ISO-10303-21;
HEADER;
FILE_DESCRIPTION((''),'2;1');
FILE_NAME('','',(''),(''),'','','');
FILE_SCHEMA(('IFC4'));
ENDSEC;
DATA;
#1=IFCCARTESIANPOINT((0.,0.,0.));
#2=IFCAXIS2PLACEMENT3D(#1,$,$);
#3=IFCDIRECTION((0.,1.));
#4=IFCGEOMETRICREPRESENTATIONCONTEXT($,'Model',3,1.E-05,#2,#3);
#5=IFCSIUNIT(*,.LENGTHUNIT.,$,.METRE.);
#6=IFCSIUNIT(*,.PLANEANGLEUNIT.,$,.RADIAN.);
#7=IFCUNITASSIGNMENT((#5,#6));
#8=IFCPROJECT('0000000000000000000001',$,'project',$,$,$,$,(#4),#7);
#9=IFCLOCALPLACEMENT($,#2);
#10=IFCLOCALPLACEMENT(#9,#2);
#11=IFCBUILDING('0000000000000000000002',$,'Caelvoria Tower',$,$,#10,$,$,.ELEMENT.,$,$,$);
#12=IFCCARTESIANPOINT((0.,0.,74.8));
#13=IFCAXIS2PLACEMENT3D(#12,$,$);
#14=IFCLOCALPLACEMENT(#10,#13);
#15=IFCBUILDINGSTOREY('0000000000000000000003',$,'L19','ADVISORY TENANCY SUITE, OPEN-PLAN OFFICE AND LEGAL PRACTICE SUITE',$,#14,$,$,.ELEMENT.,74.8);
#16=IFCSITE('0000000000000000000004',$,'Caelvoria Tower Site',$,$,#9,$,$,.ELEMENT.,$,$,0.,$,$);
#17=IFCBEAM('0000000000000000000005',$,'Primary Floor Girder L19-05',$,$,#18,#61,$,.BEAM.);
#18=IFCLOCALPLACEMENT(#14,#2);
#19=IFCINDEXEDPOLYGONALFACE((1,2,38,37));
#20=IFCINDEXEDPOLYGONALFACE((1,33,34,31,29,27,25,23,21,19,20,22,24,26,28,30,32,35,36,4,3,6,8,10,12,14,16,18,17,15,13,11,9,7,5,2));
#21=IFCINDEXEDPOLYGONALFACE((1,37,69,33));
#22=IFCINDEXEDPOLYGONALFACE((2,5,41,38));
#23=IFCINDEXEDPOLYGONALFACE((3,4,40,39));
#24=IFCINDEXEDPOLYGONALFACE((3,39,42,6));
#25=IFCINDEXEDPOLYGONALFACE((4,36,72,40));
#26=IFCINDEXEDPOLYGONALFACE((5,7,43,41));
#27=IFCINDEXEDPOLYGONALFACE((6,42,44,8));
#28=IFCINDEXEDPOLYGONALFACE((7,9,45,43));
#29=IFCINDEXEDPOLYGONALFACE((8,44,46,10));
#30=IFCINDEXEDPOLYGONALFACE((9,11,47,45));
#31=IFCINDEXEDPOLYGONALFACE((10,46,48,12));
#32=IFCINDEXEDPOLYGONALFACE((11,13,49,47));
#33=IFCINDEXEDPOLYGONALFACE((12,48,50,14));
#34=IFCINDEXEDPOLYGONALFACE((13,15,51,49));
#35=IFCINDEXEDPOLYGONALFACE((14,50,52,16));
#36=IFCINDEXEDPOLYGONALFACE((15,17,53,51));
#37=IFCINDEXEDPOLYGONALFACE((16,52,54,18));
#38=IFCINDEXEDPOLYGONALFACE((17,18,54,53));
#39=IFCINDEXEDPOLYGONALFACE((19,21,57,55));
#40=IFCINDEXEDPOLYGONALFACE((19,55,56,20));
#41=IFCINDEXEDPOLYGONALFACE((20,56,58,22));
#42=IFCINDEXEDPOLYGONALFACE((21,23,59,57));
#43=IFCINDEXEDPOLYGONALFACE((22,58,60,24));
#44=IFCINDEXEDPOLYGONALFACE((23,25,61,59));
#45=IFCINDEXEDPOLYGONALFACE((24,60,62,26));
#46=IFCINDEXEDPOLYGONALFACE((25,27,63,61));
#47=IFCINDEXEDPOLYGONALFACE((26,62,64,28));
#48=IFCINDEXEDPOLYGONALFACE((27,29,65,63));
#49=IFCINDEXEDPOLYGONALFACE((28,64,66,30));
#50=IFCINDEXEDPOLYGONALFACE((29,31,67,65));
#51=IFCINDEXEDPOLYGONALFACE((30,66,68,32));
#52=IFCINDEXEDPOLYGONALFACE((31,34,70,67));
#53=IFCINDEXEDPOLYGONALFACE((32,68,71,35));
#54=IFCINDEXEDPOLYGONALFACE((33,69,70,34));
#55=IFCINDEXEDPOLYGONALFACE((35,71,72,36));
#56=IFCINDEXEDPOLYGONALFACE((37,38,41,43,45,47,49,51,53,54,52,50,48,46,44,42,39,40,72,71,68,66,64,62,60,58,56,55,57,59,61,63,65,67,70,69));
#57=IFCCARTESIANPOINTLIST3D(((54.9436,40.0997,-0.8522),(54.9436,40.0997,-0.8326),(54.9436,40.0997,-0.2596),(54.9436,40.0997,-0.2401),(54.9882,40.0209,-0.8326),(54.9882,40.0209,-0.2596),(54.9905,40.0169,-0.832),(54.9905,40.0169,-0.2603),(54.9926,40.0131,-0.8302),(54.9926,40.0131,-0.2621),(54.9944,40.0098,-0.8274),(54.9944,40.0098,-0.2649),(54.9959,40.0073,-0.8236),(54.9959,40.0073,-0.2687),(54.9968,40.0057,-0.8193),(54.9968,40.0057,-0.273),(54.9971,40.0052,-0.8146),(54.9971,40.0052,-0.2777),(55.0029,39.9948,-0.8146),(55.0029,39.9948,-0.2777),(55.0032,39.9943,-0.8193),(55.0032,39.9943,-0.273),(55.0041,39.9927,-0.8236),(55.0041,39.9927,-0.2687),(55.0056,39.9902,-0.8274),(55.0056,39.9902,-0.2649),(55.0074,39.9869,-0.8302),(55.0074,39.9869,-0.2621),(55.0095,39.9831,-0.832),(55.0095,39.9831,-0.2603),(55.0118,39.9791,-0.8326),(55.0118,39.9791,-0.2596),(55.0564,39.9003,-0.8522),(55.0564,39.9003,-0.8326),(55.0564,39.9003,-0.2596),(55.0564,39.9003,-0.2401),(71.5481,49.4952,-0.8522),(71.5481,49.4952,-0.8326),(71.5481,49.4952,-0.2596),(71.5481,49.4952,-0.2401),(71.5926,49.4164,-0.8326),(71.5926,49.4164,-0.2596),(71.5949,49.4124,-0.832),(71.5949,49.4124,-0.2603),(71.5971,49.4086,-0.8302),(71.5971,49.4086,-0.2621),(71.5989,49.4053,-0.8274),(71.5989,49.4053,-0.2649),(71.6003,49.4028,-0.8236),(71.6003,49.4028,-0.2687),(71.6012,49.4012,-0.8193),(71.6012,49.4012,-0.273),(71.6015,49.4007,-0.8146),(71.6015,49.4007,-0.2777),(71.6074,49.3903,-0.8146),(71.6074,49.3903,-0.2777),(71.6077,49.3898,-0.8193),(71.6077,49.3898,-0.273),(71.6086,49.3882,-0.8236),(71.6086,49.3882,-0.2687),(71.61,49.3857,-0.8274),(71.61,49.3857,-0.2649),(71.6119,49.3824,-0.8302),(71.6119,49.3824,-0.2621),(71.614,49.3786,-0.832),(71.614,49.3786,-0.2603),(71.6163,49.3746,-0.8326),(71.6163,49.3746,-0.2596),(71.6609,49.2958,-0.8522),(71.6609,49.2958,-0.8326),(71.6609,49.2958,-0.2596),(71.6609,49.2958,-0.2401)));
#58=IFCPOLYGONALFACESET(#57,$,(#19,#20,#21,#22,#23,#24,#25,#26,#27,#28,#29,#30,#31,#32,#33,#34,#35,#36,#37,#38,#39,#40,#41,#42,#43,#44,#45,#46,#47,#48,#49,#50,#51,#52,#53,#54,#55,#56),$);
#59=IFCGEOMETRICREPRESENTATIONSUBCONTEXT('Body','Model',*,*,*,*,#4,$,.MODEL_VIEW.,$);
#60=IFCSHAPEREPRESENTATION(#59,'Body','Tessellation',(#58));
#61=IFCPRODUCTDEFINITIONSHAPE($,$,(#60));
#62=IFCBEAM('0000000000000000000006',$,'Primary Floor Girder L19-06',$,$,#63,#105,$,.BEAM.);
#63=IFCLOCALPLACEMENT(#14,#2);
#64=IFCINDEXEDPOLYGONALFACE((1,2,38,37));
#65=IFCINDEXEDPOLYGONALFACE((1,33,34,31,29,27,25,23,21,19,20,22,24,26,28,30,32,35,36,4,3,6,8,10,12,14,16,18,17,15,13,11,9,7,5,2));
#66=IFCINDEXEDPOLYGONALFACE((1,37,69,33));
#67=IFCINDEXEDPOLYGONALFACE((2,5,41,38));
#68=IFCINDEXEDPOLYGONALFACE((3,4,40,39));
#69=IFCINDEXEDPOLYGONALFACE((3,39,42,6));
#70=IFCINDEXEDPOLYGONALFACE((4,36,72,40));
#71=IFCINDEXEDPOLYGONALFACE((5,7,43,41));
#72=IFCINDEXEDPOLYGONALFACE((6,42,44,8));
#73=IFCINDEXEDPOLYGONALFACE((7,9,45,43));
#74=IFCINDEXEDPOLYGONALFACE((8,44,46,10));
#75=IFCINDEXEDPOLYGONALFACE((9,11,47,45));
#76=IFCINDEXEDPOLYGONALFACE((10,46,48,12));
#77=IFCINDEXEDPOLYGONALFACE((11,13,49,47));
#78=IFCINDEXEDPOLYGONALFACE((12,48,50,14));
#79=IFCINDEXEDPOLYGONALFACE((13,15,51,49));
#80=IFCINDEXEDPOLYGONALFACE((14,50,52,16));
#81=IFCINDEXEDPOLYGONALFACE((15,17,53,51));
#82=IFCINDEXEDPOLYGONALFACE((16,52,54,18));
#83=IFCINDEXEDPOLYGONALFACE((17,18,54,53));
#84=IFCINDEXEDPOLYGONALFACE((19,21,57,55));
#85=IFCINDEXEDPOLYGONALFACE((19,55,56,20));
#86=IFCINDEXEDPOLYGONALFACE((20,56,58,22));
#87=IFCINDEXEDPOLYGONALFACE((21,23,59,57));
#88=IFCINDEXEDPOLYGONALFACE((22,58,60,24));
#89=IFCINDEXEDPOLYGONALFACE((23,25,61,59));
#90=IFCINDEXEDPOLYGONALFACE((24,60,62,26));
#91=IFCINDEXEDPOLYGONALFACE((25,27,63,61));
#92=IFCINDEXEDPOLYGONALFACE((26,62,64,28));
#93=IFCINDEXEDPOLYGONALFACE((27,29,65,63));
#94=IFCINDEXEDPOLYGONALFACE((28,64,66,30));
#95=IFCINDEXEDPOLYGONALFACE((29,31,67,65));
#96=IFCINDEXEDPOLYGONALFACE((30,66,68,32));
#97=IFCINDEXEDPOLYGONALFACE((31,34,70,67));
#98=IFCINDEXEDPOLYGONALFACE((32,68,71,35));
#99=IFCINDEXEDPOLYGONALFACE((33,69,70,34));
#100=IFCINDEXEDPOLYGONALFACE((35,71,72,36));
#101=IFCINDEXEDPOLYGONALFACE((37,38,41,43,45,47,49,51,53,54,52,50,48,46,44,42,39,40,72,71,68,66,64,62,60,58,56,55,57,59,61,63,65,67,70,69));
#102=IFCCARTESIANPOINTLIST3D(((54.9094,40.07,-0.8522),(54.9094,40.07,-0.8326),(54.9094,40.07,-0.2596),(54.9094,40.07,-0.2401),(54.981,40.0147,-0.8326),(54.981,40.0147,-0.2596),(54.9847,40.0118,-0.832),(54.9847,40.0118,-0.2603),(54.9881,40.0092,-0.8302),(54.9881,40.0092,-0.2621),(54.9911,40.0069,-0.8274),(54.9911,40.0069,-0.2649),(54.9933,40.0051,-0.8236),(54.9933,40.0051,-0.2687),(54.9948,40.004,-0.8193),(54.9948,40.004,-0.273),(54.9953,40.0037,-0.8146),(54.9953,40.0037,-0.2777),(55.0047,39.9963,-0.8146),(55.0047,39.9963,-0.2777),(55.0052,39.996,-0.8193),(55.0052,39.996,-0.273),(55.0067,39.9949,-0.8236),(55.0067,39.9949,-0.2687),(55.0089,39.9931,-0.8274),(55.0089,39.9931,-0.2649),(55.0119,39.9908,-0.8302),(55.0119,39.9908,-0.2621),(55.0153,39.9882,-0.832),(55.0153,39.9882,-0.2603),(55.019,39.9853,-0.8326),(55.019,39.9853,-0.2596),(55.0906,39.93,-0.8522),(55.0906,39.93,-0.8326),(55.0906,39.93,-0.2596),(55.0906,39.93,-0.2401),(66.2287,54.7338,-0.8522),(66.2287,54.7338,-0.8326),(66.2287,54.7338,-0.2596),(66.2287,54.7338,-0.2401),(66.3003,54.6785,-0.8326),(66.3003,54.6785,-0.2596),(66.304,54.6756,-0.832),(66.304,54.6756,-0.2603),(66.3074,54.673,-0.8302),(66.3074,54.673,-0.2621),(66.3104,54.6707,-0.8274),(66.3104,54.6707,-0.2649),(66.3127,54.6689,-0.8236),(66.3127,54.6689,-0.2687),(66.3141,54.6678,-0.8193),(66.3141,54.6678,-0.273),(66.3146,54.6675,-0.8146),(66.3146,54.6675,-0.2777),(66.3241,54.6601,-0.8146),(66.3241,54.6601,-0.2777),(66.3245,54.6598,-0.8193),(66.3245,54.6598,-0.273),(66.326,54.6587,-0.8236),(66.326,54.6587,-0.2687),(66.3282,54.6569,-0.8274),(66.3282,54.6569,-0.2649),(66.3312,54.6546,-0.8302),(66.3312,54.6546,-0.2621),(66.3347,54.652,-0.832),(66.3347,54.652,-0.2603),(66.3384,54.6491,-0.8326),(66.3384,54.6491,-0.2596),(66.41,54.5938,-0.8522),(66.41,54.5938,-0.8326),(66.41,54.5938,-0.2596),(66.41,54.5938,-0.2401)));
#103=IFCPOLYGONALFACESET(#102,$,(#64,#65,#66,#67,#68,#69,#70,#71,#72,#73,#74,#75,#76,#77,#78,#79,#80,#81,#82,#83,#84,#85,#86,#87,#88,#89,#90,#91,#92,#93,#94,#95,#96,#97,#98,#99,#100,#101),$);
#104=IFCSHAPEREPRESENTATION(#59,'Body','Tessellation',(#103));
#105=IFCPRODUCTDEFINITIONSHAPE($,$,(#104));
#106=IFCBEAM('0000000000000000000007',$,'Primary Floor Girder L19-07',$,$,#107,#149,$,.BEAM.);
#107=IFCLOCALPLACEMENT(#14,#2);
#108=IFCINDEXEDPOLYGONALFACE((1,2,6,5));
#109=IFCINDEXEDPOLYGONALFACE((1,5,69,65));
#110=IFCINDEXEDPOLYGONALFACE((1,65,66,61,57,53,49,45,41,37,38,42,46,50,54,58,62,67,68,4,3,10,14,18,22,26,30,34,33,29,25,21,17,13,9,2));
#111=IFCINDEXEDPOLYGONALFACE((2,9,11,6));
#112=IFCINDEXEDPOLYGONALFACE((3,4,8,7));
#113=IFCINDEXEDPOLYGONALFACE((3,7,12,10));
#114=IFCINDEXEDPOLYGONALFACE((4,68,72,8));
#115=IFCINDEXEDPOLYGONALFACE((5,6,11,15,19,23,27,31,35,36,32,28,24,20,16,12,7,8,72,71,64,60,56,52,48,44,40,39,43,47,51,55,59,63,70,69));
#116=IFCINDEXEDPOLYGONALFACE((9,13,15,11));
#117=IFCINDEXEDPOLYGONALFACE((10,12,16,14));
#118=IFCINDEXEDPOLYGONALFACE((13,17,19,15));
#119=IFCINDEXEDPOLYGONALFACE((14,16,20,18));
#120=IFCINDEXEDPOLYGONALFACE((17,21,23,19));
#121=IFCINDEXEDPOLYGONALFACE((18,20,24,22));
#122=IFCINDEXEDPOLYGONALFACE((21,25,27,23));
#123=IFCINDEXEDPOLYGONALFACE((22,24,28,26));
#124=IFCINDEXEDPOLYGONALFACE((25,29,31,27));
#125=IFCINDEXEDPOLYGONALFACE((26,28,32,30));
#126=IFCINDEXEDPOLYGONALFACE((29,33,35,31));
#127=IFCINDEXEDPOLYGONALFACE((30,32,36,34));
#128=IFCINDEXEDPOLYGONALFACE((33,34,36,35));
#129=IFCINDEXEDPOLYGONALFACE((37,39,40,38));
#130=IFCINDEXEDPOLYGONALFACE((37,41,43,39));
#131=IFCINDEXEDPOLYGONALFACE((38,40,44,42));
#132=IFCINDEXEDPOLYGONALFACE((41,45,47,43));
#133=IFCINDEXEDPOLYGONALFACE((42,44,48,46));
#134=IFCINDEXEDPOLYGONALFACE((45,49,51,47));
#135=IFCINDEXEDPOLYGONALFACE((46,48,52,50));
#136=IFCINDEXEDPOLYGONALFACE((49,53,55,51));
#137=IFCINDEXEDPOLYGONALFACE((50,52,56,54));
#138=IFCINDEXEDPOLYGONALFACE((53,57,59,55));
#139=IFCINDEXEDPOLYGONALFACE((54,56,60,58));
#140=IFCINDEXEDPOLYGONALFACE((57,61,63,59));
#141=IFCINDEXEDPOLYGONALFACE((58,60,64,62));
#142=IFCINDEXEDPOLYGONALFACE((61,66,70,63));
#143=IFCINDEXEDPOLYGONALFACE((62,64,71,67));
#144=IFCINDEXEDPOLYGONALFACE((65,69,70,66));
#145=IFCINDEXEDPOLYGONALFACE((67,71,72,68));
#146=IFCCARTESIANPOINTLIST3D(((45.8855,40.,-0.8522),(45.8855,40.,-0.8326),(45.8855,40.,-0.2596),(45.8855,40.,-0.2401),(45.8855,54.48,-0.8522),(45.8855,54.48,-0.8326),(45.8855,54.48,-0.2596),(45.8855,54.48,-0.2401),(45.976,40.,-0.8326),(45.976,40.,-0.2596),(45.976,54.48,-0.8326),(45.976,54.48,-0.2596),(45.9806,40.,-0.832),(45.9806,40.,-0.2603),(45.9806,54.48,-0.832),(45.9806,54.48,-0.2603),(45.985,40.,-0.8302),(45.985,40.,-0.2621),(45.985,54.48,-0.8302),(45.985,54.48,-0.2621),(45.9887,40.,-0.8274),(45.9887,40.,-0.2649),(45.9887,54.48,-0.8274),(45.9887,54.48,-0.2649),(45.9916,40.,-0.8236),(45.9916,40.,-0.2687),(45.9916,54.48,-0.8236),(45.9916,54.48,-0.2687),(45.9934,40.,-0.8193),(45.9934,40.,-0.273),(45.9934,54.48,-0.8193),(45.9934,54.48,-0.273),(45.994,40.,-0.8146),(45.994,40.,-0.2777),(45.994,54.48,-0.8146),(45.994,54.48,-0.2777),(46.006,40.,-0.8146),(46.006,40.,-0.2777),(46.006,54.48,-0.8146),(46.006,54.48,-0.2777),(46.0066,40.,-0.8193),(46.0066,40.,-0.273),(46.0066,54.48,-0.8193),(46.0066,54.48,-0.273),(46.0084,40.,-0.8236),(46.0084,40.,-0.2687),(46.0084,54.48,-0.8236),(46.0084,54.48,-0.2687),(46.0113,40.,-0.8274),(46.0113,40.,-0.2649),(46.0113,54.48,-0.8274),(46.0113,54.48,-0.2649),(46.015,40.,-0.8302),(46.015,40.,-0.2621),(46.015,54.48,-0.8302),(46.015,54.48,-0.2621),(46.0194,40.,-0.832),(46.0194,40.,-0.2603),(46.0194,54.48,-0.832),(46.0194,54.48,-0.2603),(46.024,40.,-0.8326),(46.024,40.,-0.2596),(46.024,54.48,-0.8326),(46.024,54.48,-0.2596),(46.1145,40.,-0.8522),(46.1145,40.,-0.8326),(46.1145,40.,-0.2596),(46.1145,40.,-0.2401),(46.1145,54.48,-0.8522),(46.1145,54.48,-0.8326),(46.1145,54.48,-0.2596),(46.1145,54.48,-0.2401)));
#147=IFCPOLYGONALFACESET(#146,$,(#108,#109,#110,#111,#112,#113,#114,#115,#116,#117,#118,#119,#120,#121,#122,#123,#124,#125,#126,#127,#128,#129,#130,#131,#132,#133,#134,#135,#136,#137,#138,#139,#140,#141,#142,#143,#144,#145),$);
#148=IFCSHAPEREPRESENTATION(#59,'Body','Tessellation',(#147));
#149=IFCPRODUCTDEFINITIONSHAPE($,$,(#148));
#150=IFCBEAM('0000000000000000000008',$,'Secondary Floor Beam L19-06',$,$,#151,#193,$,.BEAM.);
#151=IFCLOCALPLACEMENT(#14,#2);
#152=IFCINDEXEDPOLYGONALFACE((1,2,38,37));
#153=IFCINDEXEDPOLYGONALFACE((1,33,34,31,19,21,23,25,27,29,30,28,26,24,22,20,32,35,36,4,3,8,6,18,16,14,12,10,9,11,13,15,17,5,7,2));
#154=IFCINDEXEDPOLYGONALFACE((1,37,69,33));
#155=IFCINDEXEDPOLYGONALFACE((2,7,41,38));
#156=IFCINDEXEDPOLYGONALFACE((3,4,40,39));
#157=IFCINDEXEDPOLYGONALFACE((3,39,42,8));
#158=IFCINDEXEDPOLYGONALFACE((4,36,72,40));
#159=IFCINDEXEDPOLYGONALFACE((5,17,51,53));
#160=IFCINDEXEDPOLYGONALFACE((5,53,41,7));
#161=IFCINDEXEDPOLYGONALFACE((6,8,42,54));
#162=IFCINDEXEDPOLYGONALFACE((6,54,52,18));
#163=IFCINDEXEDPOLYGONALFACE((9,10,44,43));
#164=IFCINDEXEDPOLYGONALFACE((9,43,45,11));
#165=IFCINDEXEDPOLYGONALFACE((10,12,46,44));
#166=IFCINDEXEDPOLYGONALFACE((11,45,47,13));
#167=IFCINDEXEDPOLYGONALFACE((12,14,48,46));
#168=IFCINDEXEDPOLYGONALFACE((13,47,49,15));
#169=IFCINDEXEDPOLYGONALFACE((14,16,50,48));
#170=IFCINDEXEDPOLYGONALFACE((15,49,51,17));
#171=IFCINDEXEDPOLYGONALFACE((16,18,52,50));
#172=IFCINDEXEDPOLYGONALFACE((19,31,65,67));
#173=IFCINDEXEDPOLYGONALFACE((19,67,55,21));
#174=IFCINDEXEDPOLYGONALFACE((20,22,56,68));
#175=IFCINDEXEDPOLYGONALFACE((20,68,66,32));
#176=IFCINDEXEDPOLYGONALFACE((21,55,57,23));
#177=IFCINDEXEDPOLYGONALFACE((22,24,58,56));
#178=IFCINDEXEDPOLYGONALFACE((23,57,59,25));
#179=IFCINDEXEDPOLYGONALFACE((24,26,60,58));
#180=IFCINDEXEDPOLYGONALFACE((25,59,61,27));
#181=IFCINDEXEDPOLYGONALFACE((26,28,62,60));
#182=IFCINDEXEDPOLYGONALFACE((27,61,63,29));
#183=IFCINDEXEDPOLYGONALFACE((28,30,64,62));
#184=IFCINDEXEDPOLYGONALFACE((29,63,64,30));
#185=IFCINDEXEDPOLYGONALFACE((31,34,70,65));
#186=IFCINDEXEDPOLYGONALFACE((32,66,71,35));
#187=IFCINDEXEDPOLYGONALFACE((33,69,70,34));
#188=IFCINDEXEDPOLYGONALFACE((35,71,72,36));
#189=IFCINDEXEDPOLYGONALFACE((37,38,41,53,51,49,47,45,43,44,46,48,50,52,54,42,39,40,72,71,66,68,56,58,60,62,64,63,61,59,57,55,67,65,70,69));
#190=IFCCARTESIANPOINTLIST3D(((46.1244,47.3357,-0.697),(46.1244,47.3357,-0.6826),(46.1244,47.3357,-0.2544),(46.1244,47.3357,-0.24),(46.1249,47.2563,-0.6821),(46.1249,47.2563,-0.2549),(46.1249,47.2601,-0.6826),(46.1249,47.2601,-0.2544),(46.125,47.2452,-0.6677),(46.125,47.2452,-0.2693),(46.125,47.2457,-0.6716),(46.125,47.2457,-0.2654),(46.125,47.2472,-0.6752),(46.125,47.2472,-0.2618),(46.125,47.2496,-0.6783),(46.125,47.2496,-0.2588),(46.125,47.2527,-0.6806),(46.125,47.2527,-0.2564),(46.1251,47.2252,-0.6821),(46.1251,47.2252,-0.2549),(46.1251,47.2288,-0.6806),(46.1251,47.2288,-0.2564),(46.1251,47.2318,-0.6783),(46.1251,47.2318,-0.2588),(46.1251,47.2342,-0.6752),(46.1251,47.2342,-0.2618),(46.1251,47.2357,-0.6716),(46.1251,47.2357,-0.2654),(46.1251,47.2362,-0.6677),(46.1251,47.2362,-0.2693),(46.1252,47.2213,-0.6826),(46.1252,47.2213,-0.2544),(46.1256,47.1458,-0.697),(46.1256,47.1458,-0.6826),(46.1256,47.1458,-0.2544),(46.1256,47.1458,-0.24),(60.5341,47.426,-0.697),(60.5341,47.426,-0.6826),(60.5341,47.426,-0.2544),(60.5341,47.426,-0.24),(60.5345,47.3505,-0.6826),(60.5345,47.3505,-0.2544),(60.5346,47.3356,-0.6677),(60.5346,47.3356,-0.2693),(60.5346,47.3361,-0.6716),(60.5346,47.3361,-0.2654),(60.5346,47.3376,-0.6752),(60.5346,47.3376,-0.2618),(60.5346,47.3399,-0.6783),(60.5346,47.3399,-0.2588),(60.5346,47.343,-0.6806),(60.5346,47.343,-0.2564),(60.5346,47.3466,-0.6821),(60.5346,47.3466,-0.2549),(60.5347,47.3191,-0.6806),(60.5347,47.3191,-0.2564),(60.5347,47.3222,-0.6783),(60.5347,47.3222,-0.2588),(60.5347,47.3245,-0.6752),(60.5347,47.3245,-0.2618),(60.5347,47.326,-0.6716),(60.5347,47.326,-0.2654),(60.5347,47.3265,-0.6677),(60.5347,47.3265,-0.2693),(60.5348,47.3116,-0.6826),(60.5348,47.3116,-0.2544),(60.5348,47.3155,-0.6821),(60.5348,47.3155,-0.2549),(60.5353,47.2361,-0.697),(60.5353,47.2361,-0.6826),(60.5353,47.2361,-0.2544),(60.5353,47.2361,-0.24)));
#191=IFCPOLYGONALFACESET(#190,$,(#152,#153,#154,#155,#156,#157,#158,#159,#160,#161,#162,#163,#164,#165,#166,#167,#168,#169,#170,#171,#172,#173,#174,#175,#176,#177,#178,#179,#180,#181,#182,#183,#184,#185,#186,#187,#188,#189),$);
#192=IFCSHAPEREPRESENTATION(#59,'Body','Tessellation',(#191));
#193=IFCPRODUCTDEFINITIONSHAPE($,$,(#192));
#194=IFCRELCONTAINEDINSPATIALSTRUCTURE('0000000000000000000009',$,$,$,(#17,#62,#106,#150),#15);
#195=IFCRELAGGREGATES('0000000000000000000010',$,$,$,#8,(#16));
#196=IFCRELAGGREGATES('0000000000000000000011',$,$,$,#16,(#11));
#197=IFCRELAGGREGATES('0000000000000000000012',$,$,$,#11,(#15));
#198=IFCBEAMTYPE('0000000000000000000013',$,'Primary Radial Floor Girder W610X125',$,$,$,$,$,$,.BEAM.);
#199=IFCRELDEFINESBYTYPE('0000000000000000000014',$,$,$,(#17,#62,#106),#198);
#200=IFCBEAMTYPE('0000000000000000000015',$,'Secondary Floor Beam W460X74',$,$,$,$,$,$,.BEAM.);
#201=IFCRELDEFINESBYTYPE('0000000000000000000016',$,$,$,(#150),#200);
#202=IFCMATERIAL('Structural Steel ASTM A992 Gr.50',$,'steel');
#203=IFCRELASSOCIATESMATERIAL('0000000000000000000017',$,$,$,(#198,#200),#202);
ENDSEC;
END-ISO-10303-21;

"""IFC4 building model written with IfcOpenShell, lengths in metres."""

from ifc_helpers import new_model, si_unit, direction, frame, origin, origin_2d, place, context, subcontext, project, spatial, i_section, extrude, material, material_profile, profile_set, type_object, element, save


model = new_model("IFC4")

# Units and contexts
model_context = context("Model", 3, precision=1e-05, world=origin(), true_north=direction((0.0, 1.0)))
body_context = subcontext(model_context, "Body", "Model", "MODEL_VIEW")
ifc_project = project(units=[si_unit("LENGTHUNIT", "METRE"), si_unit("PLANEANGLEUNIT", "RADIAN")], contexts=[model_context])

# Site, building, storey
site_placement = place(None, origin())
site = spatial("IfcSite", under=ifc_project, at=site_placement, Name="Caelvoria Tower Site", CompositionType="ELEMENT", RefElevation=0.0)
building_placement = place(site_placement, origin())
building = spatial("IfcBuilding", under=site, at=building_placement, Name="Caelvoria Tower", CompositionType="ELEMENT")
storey_placement = place(building_placement, frame((0.0, 0.0, 74.8)))
storey = spatial("IfcBuildingStorey", under=building, at=storey_placement, Name="L19", Description="ADVISORY TENANCY SUITE, OPEN-PLAN OFFICE AND LEGAL PRACTICE SUITE", CompositionType="ELEMENT", Elevation=74.8)

# Beams
ifc_material_1 = material(Name="Structural Steel ASTM A992 Gr.50", Category="steel")
ifc_material_profile_1 = material_profile(ifc_material_1, i_section(OverallWidth=0.229, OverallDepth=0.6121, WebThickness=0.012, FlangeThickness=0.0195, FilletRadius=0.0181, at=origin_2d()), Name="Structural Steel ASTM A992 Gr.50")
ifc_profile_set_1 = profile_set([ifc_material_profile_1], Name="W610X125 - Structural Steel ASTM A992 Gr.50")
beam_type_1 = type_object("IfcBeamType", Name="Primary Radial Floor Girder W610X125", PredefinedType="BEAM", material=ifc_profile_set_1)
beam_1_placement = place(storey_placement, frame((55.0, 40.0, -0.5461), z_axis=(0.87033, 0.492469, 0.0), x_axis=(-0.492469, 0.87033, 0.0)))
element("IfcBeam", 1, at=beam_1_placement, inside=storey, type_object=beam_type_1, Name="Primary Floor Girder L19-05", PredefinedType="BEAM", context=body_context, shape_type="SweptSolid", body=[
    extrude(i_section(OverallWidth=0.229, OverallDepth=0.6121, WebThickness=0.012, FlangeThickness=0.0195, FilletRadius=0.0181, at=origin_2d()), origin(), (0.0, 0.0, 1.0), 19.0784),
])
beam_2_placement = place(storey_placement, frame((55.0, 40.0, -0.5461), z_axis=(0.611049, 0.791593, 0.0), x_axis=(-0.791593, 0.611049, 0.0)))
element("IfcBeam", 2, at=beam_2_placement, inside=storey, type_object=beam_type_1, Name="Primary Floor Girder L19-06", PredefinedType="BEAM", context=body_context, shape_type="SweptSolid", body=[
    extrude(i_section(OverallWidth=0.229, OverallDepth=0.6121, WebThickness=0.012, FlangeThickness=0.0195, FilletRadius=0.0181, at=origin_2d()), origin(), (0.0, 0.0, 1.0), 18.5244),
])
beam_3_placement = place(storey_placement, frame((46.0, 40.0, -0.5461), z_axis=(0.0, 1.0, 0.0), x_axis=(-1.0, 0.0, 0.0)))
element("IfcBeam", 3, at=beam_3_placement, inside=storey, type_object=beam_type_1, Name="Primary Floor Girder L19-07", PredefinedType="BEAM", context=body_context, shape_type="SweptSolid", body=[
    extrude(i_section(OverallWidth=0.229, OverallDepth=0.6121, WebThickness=0.012, FlangeThickness=0.0195, FilletRadius=0.0181, at=origin_2d()), origin(), (0.0, 0.0, 1.0), 14.48),
])
ifc_material_profile_2 = material_profile(ifc_material_1, i_section(OverallWidth=0.1899, OverallDepth=0.457, WebThickness=0.009, FlangeThickness=0.0144, FilletRadius=0.0149, at=origin_2d()), Name="Structural Steel ASTM A992 Gr.50")
ifc_profile_set_2 = profile_set([ifc_material_profile_2], Name="W460X74 - Structural Steel ASTM A992 Gr.50")
beam_type_2 = type_object("IfcBeamType", Name="Secondary Floor Beam W460X74", PredefinedType="BEAM", material=ifc_profile_set_2)
for number, where, z_axis, x_axis, name in (
    (4, (60.5347, 47.3311, -0.4685), (-0.99998, -0.006269, 0.0), (0.006269, -0.99998, 0.0), "Secondary Floor Beam L19-06"),
):
    element("IfcBeam", number, at=place(storey_placement, frame(where, z_axis=z_axis, x_axis=x_axis)), inside=storey, type_object=beam_type_2, Name=name, PredefinedType="BEAM", context=body_context, shape_type="SweptSolid", body=[
        extrude(i_section(OverallWidth=0.1899, OverallDepth=0.457, WebThickness=0.009, FlangeThickness=0.0144, FilletRadius=0.0149, at=origin_2d()), origin(), (0.0, 0.0, 1.0), 14.4099),
    ])

save(model, "model.ifc")
